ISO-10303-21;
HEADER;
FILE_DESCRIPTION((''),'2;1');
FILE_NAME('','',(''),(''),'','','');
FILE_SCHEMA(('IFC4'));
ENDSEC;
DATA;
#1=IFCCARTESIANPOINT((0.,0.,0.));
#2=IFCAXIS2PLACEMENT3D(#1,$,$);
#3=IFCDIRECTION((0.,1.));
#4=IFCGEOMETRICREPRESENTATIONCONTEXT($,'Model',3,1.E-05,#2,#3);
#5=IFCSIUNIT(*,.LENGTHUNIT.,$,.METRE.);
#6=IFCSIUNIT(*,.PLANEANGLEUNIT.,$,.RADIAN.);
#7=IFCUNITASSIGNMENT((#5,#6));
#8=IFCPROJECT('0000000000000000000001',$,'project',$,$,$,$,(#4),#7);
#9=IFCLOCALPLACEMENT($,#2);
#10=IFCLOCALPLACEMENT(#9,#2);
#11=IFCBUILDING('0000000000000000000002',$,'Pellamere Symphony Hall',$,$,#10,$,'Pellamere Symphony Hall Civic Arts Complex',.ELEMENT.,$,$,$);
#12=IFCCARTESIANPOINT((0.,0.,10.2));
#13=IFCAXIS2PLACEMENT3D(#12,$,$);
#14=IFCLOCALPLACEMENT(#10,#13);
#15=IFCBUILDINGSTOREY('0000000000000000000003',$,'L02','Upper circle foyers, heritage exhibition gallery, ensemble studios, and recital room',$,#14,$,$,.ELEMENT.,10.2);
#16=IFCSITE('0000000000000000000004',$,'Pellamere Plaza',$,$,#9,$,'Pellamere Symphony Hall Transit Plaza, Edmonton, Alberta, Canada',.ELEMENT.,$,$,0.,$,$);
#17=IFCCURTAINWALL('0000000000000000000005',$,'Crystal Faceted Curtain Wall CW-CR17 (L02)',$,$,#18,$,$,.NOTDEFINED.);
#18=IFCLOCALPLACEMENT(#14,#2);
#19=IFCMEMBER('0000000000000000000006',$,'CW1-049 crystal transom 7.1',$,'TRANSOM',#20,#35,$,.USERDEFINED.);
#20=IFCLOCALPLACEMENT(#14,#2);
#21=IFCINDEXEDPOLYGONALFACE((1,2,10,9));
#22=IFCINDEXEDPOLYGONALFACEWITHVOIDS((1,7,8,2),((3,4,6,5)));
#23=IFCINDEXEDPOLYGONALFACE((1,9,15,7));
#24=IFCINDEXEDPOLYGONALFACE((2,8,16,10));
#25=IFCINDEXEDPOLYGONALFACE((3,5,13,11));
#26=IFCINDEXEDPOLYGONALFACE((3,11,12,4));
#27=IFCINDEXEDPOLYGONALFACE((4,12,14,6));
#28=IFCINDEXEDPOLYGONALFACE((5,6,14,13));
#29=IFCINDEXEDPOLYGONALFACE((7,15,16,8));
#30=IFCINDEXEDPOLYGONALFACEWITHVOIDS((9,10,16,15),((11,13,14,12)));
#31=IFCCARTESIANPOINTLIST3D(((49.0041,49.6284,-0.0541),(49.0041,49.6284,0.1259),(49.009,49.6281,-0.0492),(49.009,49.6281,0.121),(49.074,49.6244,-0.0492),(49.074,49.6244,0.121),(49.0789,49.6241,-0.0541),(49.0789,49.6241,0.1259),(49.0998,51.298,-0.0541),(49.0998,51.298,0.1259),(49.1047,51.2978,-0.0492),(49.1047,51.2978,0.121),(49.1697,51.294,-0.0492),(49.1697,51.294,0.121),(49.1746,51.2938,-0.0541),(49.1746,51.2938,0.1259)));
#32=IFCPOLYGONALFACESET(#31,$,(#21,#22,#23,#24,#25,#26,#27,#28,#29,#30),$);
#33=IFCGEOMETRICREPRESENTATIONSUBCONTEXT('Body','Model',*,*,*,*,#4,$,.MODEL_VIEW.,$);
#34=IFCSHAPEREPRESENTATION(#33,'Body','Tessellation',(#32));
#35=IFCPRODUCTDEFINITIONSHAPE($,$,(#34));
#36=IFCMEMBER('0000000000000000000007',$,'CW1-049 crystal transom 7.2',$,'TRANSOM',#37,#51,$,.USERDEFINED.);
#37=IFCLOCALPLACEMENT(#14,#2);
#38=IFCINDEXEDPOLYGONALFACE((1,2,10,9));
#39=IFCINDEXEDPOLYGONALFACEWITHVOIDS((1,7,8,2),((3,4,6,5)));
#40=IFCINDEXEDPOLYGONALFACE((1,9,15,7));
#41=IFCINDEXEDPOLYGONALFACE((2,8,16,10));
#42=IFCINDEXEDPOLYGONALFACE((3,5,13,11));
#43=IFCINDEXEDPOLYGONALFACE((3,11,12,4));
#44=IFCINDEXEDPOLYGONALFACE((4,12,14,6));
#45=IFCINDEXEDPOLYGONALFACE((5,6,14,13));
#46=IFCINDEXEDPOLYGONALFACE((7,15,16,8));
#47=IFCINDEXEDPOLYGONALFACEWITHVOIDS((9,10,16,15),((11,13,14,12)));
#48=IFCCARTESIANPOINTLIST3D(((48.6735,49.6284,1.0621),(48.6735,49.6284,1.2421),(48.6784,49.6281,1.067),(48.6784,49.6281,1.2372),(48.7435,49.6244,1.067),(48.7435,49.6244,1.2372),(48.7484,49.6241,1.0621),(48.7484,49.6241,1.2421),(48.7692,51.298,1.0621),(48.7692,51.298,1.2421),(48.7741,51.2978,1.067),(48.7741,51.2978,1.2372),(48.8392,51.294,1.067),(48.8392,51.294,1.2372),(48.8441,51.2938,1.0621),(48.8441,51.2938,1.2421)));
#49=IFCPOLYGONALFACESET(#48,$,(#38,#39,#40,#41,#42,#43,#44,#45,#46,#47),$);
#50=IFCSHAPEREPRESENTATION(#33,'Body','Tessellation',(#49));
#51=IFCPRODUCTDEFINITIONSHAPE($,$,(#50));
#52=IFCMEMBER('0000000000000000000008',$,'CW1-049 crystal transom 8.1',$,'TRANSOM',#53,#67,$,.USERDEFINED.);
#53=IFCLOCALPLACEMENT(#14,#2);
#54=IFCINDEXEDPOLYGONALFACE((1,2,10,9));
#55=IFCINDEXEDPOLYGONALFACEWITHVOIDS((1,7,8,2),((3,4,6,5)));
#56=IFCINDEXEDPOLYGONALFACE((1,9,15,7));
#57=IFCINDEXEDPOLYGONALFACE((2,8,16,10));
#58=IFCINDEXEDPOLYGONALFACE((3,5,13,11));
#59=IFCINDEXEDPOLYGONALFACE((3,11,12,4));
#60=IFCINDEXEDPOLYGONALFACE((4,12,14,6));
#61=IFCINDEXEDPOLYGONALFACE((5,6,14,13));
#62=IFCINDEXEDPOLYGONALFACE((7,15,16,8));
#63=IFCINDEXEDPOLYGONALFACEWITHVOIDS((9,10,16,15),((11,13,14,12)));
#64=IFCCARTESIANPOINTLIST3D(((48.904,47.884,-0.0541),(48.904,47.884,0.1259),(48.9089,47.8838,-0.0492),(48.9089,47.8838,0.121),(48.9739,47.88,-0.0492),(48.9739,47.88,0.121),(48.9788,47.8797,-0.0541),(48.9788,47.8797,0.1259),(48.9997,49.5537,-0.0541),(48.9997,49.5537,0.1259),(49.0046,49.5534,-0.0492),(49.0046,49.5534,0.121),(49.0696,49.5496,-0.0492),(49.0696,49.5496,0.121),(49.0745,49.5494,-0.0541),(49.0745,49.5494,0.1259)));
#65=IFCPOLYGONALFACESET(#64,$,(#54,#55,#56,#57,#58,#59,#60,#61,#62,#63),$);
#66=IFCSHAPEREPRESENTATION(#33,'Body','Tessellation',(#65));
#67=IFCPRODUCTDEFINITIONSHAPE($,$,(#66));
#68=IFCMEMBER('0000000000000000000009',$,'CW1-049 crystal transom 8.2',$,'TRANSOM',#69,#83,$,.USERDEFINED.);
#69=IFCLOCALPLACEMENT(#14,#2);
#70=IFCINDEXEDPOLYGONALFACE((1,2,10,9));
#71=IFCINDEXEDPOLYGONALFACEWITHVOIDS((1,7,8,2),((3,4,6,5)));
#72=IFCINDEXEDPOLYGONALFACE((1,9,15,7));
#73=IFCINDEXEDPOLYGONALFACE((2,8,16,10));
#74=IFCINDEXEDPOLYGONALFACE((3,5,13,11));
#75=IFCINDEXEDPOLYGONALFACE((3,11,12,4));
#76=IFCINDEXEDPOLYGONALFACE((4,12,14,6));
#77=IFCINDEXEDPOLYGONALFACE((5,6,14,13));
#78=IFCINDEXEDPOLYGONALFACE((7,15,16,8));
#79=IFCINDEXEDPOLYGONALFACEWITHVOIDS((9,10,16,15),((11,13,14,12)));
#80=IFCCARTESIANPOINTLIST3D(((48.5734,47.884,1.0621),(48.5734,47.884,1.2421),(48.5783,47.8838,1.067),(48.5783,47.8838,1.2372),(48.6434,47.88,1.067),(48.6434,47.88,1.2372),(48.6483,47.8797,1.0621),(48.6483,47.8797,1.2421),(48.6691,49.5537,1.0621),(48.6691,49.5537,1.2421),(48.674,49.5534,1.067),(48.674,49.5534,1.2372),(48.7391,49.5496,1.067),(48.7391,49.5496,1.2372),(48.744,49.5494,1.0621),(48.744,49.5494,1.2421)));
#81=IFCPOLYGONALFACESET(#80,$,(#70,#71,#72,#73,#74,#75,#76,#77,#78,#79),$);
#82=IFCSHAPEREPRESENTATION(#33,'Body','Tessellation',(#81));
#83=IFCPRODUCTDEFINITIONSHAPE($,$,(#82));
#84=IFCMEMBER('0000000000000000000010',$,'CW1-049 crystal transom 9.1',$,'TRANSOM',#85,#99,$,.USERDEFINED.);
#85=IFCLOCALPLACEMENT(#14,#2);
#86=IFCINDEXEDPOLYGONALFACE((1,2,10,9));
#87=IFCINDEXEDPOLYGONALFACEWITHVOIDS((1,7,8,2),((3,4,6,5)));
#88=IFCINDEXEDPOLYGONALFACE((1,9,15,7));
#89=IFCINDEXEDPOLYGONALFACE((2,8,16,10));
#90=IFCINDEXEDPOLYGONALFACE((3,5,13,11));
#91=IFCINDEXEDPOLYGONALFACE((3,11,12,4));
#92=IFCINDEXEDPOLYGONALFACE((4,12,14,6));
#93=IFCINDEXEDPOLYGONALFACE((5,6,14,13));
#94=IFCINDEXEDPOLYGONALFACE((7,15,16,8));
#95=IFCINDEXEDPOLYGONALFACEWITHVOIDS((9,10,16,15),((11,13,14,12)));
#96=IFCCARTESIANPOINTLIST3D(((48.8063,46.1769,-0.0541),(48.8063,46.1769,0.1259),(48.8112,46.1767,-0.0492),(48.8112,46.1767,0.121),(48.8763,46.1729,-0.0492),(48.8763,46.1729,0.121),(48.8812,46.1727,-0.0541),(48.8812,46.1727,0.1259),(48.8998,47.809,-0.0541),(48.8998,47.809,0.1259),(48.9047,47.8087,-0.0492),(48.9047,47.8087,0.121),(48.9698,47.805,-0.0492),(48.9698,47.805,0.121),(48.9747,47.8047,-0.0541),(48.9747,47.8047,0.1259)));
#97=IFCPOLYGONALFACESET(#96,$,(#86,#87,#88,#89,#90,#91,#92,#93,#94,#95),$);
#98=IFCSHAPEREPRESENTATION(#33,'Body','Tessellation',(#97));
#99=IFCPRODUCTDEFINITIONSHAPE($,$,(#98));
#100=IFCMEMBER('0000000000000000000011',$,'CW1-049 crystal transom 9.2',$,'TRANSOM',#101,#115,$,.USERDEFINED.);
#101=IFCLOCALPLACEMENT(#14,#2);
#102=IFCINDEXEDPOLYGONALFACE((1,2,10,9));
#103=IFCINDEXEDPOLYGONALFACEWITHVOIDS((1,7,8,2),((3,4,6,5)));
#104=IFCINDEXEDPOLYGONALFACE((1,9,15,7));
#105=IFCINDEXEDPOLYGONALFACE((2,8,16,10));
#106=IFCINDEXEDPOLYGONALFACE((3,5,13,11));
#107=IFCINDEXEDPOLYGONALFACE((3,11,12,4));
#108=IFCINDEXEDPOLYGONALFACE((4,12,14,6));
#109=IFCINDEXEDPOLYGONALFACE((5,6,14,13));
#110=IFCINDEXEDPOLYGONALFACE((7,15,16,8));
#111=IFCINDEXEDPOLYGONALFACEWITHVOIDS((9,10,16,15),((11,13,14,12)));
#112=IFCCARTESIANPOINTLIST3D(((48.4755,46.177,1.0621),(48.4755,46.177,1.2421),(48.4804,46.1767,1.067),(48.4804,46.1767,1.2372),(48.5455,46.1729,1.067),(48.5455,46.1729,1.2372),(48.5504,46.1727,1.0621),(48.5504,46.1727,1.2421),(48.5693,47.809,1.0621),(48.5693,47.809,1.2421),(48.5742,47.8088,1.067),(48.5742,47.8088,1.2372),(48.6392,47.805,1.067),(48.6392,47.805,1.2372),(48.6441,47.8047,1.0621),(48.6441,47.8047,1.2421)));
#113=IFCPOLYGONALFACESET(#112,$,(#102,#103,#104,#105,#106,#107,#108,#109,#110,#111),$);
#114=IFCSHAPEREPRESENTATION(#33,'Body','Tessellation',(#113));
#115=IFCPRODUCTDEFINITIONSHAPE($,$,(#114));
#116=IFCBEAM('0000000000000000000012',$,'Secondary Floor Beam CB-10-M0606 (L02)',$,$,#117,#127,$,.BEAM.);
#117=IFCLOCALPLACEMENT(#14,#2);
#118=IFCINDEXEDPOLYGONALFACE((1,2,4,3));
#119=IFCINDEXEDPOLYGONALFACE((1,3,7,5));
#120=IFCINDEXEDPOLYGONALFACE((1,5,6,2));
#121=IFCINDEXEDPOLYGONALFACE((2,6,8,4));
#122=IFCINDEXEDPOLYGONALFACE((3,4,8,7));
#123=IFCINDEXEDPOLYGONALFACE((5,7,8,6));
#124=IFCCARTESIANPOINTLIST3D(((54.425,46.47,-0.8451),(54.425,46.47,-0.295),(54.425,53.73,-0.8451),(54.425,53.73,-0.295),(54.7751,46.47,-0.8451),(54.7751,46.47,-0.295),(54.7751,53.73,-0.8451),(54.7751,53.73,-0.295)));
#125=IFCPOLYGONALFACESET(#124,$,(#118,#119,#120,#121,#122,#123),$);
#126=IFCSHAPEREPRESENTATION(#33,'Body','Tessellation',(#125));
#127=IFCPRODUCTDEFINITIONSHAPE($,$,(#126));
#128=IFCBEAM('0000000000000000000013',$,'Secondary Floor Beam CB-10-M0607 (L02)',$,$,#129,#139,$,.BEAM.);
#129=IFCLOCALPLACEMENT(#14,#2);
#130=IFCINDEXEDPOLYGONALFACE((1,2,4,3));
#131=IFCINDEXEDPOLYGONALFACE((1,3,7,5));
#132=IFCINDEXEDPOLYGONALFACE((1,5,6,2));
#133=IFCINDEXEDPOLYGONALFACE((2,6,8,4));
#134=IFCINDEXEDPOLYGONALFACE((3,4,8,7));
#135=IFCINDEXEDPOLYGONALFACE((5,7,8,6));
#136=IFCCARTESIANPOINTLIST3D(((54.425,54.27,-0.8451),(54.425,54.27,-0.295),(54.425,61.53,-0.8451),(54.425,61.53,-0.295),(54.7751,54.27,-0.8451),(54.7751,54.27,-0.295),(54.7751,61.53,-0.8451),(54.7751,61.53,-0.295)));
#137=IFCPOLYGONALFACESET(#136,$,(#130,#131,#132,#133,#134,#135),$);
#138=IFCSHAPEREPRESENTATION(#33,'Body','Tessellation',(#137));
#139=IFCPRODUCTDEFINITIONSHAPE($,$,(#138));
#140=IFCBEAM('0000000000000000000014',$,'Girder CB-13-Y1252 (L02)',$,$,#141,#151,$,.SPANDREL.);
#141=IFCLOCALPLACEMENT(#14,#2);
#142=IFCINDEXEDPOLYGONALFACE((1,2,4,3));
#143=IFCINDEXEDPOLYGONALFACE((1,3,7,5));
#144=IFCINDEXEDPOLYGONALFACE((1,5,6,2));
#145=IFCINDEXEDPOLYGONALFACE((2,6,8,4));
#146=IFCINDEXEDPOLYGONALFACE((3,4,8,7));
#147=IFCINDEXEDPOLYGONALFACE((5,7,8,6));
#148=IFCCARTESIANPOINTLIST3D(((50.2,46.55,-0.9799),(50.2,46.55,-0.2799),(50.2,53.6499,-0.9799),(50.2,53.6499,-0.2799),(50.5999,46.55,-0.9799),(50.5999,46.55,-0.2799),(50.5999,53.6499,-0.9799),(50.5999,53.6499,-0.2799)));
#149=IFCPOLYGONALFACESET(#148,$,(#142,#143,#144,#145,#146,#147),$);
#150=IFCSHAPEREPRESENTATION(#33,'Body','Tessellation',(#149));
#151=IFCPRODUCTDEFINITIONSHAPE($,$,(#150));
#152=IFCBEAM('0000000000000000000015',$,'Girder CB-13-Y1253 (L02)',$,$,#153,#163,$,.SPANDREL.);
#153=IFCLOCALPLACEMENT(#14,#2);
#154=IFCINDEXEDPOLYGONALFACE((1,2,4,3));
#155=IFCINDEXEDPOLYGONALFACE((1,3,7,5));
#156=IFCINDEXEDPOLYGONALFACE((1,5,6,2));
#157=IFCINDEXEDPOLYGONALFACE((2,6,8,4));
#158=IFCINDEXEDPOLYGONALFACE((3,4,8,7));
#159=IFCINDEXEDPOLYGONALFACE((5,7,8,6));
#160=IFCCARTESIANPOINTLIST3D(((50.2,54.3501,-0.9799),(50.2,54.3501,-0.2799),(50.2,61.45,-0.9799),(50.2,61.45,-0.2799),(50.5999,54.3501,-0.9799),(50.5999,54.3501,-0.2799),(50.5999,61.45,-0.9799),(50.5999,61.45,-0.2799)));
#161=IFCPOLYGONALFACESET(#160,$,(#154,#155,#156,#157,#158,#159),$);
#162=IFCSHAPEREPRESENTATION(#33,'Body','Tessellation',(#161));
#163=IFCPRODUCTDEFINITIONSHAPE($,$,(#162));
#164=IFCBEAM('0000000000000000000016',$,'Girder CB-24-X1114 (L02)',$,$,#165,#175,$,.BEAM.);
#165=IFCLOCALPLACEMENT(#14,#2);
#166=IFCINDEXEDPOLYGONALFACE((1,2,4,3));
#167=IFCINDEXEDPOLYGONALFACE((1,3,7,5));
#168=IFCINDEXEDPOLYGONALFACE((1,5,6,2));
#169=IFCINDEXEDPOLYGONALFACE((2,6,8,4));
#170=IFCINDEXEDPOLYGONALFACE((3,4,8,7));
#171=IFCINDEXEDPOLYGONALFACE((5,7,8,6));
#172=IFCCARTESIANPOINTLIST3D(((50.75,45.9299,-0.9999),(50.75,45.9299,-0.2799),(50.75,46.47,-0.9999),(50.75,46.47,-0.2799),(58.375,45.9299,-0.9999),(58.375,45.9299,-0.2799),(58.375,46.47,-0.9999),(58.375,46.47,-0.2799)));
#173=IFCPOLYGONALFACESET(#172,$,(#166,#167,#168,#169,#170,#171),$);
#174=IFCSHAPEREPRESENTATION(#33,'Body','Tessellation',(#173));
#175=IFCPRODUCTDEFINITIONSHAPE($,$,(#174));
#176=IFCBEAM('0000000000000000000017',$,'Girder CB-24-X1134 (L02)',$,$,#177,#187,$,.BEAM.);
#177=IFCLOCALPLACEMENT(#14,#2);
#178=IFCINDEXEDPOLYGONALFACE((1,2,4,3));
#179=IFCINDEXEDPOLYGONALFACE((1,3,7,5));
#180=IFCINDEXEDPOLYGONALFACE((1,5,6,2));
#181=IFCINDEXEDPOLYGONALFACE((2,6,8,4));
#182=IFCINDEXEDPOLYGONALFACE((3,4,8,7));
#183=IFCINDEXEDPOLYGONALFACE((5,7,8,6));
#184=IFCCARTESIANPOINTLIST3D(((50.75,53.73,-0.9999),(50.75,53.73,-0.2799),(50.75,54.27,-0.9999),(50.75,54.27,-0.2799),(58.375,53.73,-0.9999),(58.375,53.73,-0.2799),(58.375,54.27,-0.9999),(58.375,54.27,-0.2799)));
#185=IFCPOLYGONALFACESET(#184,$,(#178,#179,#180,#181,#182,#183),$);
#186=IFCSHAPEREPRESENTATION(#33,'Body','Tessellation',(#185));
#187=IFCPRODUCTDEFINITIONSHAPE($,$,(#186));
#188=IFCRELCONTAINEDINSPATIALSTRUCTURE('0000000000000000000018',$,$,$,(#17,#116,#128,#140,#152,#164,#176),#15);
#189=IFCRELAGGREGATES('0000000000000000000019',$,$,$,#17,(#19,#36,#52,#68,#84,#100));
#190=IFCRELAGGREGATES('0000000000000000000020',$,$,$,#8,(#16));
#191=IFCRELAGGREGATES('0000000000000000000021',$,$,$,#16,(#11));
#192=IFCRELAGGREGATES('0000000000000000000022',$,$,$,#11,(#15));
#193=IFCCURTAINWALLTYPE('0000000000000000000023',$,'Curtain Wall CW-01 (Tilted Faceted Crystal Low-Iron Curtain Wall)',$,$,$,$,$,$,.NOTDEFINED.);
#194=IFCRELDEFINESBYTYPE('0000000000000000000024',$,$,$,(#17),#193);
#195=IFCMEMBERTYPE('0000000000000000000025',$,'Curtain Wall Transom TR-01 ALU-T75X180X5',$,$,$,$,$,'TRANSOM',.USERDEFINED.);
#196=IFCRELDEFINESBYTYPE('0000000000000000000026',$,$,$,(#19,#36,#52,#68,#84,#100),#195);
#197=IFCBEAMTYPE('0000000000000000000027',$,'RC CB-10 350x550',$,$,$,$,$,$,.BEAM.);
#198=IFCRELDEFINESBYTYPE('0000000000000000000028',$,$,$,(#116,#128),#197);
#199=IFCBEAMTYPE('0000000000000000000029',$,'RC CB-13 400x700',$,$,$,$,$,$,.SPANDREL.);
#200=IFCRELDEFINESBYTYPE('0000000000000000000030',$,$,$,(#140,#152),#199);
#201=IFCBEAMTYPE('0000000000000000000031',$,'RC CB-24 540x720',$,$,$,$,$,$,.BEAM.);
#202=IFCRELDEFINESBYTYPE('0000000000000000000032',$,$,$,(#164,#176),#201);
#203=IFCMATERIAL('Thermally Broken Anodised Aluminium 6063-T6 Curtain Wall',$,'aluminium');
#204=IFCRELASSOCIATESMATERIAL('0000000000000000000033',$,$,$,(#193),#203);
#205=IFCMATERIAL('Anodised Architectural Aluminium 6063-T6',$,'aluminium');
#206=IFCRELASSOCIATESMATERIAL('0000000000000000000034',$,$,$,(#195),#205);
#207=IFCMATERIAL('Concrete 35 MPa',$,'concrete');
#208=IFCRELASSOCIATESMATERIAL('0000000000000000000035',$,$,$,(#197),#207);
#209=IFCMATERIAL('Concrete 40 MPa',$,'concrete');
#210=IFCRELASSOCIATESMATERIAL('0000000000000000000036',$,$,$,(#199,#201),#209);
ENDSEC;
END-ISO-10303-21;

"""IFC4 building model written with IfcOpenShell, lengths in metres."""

from ifc_helpers import new_model, si_unit, direction, frame, origin, origin_2d, place, context, subcontext, project, spatial, rectangle, hollow_rectangle, extrude, material, material_profile, profile_set, type_object, element, aggregate, save


model = new_model("IFC4")

# Units and contexts
model_context = context("Model", 3, precision=1e-05, world=origin(), true_north=direction((0.0, 1.0)))
body_context = subcontext(model_context, "Body", "Model", "MODEL_VIEW")
ifc_project = project(units=[si_unit("LENGTHUNIT", "METRE"), si_unit("PLANEANGLEUNIT", "RADIAN")], contexts=[model_context])

# Site, building, storey
site_placement = place(None, origin())
site = spatial("IfcSite", under=ifc_project, at=site_placement, Name="Pellamere Plaza", LongName="Pellamere Symphony Hall Transit Plaza, Edmonton, Alberta, Canada", CompositionType="ELEMENT", RefElevation=0.0)
building_placement = place(site_placement, origin())
building = spatial("IfcBuilding", under=site, at=building_placement, Name="Pellamere Symphony Hall", LongName="Pellamere Symphony Hall Civic Arts Complex", CompositionType="ELEMENT")
storey_placement = place(building_placement, frame((0.0, 0.0, 10.2)))
storey = spatial("IfcBuildingStorey", under=building, at=storey_placement, Name="L02", Description="Upper circle foyers, heritage exhibition gallery, ensemble studios, and recital room", CompositionType="ELEMENT", Elevation=10.2)

# Shared definitions
ifc_material_1 = material(Name="Concrete 40 MPa", Category="concrete")

# Curtain wall, members
ifc_material_2 = material(Name="Thermally Broken Anodised Aluminium 6063-T6 Curtain Wall", Category="aluminium")
curtain_wall_type = type_object("IfcCurtainWallType", Name="Curtain Wall CW-01 (Tilted Faceted Crystal Low-Iron Curtain Wall)", PredefinedType="NOTDEFINED", material=ifc_material_2)
curtain_wall_placement = place(storey_placement, origin())
curtain_wall = element("IfcCurtainWall", 1, at=curtain_wall_placement, inside=storey, type_object=curtain_wall_type, Name="Crystal Faceted Curtain Wall CW-CR17 (L02)", PredefinedType="NOTDEFINED")
ifc_material_3 = material(Name="Anodised Architectural Aluminium 6063-T6", Category="aluminium")
ifc_material_profile_1 = material_profile(ifc_material_3, hollow_rectangle(XDim=0.075, YDim=0.1799, WallThickness=0.0049, at=origin_2d()), Name="ALU-T75X180X5")
ifc_profile_set_1 = profile_set([ifc_material_profile_1], Name="Anodised Architectural Aluminium 6063-T6")
member_type_1 = type_object("IfcMemberType", Name="Curtain Wall Transom TR-01 ALU-T75X180X5", ElementType="TRANSOM", PredefinedType="USERDEFINED", material=ifc_profile_set_1)
member_1_placement = place(storey_placement, frame((49.1372, 51.2959, 0.0359), z_axis=(-0.057224, -0.998361, 0.0), x_axis=(0.998361, -0.057224, 0.0)))
member_1 = element("IfcMember", 2, at=member_1_placement, type_object=member_type_1, Name="CW1-049 crystal transom 7.1", ObjectType="TRANSOM", PredefinedType="USERDEFINED", context=body_context, shape_type="SweptSolid", body=[
    extrude(hollow_rectangle(XDim=0.075, YDim=0.1799, WallThickness=0.0049, at=origin_2d()), origin(), (0.0, 0.0, 1.0), 1.6724),
])
member_2_placement = place(storey_placement, frame((48.8066, 51.2959, 1.1521), z_axis=(-0.057224, -0.998361, 0.0), x_axis=(0.998361, -0.057224, 0.0)))
member_2 = element("IfcMember", 3, at=member_2_placement, type_object=member_type_1, Name="CW1-049 crystal transom 7.2", ObjectType="TRANSOM", PredefinedType="USERDEFINED", context=body_context, shape_type="SweptSolid", body=[
    extrude(hollow_rectangle(XDim=0.075, YDim=0.1799, WallThickness=0.0049, at=origin_2d()), origin(), (0.0, 0.0, 1.0), 1.6724),
])
member_3_placement = place(storey_placement, frame((49.0371, 49.5515, 0.0359), z_axis=(-0.057224, -0.998361, 0.0), x_axis=(0.998361, -0.057224, 0.0)))
member_3 = element("IfcMember", 4, at=member_3_placement, type_object=member_type_1, Name="CW1-049 crystal transom 8.1", ObjectType="TRANSOM", PredefinedType="USERDEFINED", context=body_context, shape_type="SweptSolid", body=[
    extrude(hollow_rectangle(XDim=0.075, YDim=0.1799, WallThickness=0.0049, at=origin_2d()), origin(), (0.0, 0.0, 1.0), 1.6724),
])
member_4_placement = place(storey_placement, frame((48.7065, 49.5515, 1.1521), z_axis=(-0.057224, -0.998361, 0.0), x_axis=(0.998361, -0.057224, 0.0)))
member_4 = element("IfcMember", 5, at=member_4_placement, type_object=member_type_1, Name="CW1-049 crystal transom 8.2", ObjectType="TRANSOM", PredefinedType="USERDEFINED", context=body_context, shape_type="SweptSolid", body=[
    extrude(hollow_rectangle(XDim=0.075, YDim=0.1799, WallThickness=0.0049, at=origin_2d()), origin(), (0.0, 0.0, 1.0), 1.6724),
])
member_5_placement = place(storey_placement, frame((48.9373, 47.8069, 0.0359), z_axis=(-0.057199, -0.998363, 0.0), x_axis=(0.998363, -0.057199, 0.0)))
member_5 = element("IfcMember", 6, at=member_5_placement, type_object=member_type_1, Name="CW1-049 crystal transom 9.1", ObjectType="TRANSOM", PredefinedType="USERDEFINED", context=body_context, shape_type="SweptSolid", body=[
    extrude(hollow_rectangle(XDim=0.075, YDim=0.1799, WallThickness=0.0049, at=origin_2d()), origin(), (0.0, 0.0, 1.0), 1.6348),
])
member_6_placement = place(storey_placement, frame((48.6067, 47.8069, 1.1521), z_axis=(-0.057348, -0.998354, 0.0), x_axis=(0.998354, -0.057348, 0.0)))
member_6 = element("IfcMember", 7, at=member_6_placement, type_object=member_type_1, Name="CW1-049 crystal transom 9.2", ObjectType="TRANSOM", PredefinedType="USERDEFINED", context=body_context, shape_type="SweptSolid", body=[
    extrude(hollow_rectangle(XDim=0.075, YDim=0.1799, WallThickness=0.0049, at=origin_2d()), origin(), (0.0, 0.0, 1.0), 1.6348),
])

# Beams
ifc_material_4 = material(Name="Concrete 35 MPa", Category="concrete")
ifc_material_profile_2 = material_profile(ifc_material_4, rectangle(XDim=0.3501, YDim=0.55, at=origin_2d()), Name="RC 350x550")
ifc_profile_set_2 = profile_set([ifc_material_profile_2], Name="Concrete 35 MPa")
beam_type_1 = type_object("IfcBeamType", Name="RC CB-10 350x550", PredefinedType="BEAM", material=ifc_profile_set_2)
for number, where, z_axis, x_axis, name in (
    (8, (54.6001, 46.47, -0.5701), (0.0, 1.0, 0.0), (-1.0, 0.0, 0.0), "Secondary Floor Beam CB-10-M0606 (L02)"),
    (9, (54.6001, 54.27, -0.5701), (0.0, 1.0, 0.0), (-1.0, 0.0, 0.0), "Secondary Floor Beam CB-10-M0607 (L02)"),
):
    element("IfcBeam", number, at=place(storey_placement, frame(where, z_axis=z_axis, x_axis=x_axis)), inside=storey, type_object=beam_type_1, Name=name, PredefinedType="BEAM", context=body_context, shape_type="SweptSolid", body=[
        extrude(rectangle(XDim=0.3501, YDim=0.55, at=origin_2d()), origin(), (0.0, 0.0, 1.0), 7.26),
    ])
ifc_material_profile_3 = material_profile(ifc_material_1, rectangle(XDim=0.3999, YDim=0.7, at=origin_2d()), Name="RC 400x700")
ifc_profile_set_3 = profile_set([ifc_material_profile_3], Name="Concrete 40 MPa")
beam_type_2 = type_object("IfcBeamType", Name="RC CB-13 400x700", PredefinedType="SPANDREL", material=ifc_profile_set_3)
for number, where, z_axis, x_axis, name in (
    (10, (50.3999, 46.55, -0.6299), (0.0, 1.0, 0.0), (-1.0, 0.0, 0.0), "Girder CB-13-Y1252 (L02)"),
    (11, (50.3999, 54.3501, -0.6299), (0.0, 1.0, 0.0), (-1.0, 0.0, 0.0), "Girder CB-13-Y1253 (L02)"),
):
    element("IfcBeam", number, at=place(storey_placement, frame(where, z_axis=z_axis, x_axis=x_axis)), inside=storey, type_object=beam_type_2, Name=name, PredefinedType="SPANDREL", context=body_context, shape_type="SweptSolid", body=[
        extrude(rectangle(XDim=0.3999, YDim=0.7, at=origin_2d()), origin(), (0.0, 0.0, 1.0), 7.0999),
    ])
ifc_material_profile_4 = material_profile(ifc_material_1, rectangle(XDim=0.54, YDim=0.72, at=origin_2d()), Name="RC 540x720")
ifc_profile_set_4 = profile_set([ifc_material_profile_4], Name="Concrete 40 MPa")
beam_type_3 = type_object("IfcBeamType", Name="RC CB-24 540x720", PredefinedType="BEAM", material=ifc_profile_set_4)
for number, where, z_axis, x_axis, name in (
    (12, (50.75, 46.2, -0.6399), (1.0, 0.0, 0.0), (0.0, 1.0, 0.0), "Girder CB-24-X1114 (L02)"),
    (13, (50.75, 54.0, -0.6399), (1.0, 0.0, 0.0), (0.0, 1.0, 0.0), "Girder CB-24-X1134 (L02)"),
):
    element("IfcBeam", number, at=place(storey_placement, frame(where, z_axis=z_axis, x_axis=x_axis)), inside=storey, type_object=beam_type_3, Name=name, PredefinedType="BEAM", context=body_context, shape_type="SweptSolid", body=[
        extrude(rectangle(XDim=0.54, YDim=0.72, at=origin_2d()), origin(), (0.0, 0.0, 1.0), 7.625),
    ])

aggregate(curtain_wall, [member_1, member_2, member_3, member_4, member_5, member_6])

save(model, "model.ifc")
